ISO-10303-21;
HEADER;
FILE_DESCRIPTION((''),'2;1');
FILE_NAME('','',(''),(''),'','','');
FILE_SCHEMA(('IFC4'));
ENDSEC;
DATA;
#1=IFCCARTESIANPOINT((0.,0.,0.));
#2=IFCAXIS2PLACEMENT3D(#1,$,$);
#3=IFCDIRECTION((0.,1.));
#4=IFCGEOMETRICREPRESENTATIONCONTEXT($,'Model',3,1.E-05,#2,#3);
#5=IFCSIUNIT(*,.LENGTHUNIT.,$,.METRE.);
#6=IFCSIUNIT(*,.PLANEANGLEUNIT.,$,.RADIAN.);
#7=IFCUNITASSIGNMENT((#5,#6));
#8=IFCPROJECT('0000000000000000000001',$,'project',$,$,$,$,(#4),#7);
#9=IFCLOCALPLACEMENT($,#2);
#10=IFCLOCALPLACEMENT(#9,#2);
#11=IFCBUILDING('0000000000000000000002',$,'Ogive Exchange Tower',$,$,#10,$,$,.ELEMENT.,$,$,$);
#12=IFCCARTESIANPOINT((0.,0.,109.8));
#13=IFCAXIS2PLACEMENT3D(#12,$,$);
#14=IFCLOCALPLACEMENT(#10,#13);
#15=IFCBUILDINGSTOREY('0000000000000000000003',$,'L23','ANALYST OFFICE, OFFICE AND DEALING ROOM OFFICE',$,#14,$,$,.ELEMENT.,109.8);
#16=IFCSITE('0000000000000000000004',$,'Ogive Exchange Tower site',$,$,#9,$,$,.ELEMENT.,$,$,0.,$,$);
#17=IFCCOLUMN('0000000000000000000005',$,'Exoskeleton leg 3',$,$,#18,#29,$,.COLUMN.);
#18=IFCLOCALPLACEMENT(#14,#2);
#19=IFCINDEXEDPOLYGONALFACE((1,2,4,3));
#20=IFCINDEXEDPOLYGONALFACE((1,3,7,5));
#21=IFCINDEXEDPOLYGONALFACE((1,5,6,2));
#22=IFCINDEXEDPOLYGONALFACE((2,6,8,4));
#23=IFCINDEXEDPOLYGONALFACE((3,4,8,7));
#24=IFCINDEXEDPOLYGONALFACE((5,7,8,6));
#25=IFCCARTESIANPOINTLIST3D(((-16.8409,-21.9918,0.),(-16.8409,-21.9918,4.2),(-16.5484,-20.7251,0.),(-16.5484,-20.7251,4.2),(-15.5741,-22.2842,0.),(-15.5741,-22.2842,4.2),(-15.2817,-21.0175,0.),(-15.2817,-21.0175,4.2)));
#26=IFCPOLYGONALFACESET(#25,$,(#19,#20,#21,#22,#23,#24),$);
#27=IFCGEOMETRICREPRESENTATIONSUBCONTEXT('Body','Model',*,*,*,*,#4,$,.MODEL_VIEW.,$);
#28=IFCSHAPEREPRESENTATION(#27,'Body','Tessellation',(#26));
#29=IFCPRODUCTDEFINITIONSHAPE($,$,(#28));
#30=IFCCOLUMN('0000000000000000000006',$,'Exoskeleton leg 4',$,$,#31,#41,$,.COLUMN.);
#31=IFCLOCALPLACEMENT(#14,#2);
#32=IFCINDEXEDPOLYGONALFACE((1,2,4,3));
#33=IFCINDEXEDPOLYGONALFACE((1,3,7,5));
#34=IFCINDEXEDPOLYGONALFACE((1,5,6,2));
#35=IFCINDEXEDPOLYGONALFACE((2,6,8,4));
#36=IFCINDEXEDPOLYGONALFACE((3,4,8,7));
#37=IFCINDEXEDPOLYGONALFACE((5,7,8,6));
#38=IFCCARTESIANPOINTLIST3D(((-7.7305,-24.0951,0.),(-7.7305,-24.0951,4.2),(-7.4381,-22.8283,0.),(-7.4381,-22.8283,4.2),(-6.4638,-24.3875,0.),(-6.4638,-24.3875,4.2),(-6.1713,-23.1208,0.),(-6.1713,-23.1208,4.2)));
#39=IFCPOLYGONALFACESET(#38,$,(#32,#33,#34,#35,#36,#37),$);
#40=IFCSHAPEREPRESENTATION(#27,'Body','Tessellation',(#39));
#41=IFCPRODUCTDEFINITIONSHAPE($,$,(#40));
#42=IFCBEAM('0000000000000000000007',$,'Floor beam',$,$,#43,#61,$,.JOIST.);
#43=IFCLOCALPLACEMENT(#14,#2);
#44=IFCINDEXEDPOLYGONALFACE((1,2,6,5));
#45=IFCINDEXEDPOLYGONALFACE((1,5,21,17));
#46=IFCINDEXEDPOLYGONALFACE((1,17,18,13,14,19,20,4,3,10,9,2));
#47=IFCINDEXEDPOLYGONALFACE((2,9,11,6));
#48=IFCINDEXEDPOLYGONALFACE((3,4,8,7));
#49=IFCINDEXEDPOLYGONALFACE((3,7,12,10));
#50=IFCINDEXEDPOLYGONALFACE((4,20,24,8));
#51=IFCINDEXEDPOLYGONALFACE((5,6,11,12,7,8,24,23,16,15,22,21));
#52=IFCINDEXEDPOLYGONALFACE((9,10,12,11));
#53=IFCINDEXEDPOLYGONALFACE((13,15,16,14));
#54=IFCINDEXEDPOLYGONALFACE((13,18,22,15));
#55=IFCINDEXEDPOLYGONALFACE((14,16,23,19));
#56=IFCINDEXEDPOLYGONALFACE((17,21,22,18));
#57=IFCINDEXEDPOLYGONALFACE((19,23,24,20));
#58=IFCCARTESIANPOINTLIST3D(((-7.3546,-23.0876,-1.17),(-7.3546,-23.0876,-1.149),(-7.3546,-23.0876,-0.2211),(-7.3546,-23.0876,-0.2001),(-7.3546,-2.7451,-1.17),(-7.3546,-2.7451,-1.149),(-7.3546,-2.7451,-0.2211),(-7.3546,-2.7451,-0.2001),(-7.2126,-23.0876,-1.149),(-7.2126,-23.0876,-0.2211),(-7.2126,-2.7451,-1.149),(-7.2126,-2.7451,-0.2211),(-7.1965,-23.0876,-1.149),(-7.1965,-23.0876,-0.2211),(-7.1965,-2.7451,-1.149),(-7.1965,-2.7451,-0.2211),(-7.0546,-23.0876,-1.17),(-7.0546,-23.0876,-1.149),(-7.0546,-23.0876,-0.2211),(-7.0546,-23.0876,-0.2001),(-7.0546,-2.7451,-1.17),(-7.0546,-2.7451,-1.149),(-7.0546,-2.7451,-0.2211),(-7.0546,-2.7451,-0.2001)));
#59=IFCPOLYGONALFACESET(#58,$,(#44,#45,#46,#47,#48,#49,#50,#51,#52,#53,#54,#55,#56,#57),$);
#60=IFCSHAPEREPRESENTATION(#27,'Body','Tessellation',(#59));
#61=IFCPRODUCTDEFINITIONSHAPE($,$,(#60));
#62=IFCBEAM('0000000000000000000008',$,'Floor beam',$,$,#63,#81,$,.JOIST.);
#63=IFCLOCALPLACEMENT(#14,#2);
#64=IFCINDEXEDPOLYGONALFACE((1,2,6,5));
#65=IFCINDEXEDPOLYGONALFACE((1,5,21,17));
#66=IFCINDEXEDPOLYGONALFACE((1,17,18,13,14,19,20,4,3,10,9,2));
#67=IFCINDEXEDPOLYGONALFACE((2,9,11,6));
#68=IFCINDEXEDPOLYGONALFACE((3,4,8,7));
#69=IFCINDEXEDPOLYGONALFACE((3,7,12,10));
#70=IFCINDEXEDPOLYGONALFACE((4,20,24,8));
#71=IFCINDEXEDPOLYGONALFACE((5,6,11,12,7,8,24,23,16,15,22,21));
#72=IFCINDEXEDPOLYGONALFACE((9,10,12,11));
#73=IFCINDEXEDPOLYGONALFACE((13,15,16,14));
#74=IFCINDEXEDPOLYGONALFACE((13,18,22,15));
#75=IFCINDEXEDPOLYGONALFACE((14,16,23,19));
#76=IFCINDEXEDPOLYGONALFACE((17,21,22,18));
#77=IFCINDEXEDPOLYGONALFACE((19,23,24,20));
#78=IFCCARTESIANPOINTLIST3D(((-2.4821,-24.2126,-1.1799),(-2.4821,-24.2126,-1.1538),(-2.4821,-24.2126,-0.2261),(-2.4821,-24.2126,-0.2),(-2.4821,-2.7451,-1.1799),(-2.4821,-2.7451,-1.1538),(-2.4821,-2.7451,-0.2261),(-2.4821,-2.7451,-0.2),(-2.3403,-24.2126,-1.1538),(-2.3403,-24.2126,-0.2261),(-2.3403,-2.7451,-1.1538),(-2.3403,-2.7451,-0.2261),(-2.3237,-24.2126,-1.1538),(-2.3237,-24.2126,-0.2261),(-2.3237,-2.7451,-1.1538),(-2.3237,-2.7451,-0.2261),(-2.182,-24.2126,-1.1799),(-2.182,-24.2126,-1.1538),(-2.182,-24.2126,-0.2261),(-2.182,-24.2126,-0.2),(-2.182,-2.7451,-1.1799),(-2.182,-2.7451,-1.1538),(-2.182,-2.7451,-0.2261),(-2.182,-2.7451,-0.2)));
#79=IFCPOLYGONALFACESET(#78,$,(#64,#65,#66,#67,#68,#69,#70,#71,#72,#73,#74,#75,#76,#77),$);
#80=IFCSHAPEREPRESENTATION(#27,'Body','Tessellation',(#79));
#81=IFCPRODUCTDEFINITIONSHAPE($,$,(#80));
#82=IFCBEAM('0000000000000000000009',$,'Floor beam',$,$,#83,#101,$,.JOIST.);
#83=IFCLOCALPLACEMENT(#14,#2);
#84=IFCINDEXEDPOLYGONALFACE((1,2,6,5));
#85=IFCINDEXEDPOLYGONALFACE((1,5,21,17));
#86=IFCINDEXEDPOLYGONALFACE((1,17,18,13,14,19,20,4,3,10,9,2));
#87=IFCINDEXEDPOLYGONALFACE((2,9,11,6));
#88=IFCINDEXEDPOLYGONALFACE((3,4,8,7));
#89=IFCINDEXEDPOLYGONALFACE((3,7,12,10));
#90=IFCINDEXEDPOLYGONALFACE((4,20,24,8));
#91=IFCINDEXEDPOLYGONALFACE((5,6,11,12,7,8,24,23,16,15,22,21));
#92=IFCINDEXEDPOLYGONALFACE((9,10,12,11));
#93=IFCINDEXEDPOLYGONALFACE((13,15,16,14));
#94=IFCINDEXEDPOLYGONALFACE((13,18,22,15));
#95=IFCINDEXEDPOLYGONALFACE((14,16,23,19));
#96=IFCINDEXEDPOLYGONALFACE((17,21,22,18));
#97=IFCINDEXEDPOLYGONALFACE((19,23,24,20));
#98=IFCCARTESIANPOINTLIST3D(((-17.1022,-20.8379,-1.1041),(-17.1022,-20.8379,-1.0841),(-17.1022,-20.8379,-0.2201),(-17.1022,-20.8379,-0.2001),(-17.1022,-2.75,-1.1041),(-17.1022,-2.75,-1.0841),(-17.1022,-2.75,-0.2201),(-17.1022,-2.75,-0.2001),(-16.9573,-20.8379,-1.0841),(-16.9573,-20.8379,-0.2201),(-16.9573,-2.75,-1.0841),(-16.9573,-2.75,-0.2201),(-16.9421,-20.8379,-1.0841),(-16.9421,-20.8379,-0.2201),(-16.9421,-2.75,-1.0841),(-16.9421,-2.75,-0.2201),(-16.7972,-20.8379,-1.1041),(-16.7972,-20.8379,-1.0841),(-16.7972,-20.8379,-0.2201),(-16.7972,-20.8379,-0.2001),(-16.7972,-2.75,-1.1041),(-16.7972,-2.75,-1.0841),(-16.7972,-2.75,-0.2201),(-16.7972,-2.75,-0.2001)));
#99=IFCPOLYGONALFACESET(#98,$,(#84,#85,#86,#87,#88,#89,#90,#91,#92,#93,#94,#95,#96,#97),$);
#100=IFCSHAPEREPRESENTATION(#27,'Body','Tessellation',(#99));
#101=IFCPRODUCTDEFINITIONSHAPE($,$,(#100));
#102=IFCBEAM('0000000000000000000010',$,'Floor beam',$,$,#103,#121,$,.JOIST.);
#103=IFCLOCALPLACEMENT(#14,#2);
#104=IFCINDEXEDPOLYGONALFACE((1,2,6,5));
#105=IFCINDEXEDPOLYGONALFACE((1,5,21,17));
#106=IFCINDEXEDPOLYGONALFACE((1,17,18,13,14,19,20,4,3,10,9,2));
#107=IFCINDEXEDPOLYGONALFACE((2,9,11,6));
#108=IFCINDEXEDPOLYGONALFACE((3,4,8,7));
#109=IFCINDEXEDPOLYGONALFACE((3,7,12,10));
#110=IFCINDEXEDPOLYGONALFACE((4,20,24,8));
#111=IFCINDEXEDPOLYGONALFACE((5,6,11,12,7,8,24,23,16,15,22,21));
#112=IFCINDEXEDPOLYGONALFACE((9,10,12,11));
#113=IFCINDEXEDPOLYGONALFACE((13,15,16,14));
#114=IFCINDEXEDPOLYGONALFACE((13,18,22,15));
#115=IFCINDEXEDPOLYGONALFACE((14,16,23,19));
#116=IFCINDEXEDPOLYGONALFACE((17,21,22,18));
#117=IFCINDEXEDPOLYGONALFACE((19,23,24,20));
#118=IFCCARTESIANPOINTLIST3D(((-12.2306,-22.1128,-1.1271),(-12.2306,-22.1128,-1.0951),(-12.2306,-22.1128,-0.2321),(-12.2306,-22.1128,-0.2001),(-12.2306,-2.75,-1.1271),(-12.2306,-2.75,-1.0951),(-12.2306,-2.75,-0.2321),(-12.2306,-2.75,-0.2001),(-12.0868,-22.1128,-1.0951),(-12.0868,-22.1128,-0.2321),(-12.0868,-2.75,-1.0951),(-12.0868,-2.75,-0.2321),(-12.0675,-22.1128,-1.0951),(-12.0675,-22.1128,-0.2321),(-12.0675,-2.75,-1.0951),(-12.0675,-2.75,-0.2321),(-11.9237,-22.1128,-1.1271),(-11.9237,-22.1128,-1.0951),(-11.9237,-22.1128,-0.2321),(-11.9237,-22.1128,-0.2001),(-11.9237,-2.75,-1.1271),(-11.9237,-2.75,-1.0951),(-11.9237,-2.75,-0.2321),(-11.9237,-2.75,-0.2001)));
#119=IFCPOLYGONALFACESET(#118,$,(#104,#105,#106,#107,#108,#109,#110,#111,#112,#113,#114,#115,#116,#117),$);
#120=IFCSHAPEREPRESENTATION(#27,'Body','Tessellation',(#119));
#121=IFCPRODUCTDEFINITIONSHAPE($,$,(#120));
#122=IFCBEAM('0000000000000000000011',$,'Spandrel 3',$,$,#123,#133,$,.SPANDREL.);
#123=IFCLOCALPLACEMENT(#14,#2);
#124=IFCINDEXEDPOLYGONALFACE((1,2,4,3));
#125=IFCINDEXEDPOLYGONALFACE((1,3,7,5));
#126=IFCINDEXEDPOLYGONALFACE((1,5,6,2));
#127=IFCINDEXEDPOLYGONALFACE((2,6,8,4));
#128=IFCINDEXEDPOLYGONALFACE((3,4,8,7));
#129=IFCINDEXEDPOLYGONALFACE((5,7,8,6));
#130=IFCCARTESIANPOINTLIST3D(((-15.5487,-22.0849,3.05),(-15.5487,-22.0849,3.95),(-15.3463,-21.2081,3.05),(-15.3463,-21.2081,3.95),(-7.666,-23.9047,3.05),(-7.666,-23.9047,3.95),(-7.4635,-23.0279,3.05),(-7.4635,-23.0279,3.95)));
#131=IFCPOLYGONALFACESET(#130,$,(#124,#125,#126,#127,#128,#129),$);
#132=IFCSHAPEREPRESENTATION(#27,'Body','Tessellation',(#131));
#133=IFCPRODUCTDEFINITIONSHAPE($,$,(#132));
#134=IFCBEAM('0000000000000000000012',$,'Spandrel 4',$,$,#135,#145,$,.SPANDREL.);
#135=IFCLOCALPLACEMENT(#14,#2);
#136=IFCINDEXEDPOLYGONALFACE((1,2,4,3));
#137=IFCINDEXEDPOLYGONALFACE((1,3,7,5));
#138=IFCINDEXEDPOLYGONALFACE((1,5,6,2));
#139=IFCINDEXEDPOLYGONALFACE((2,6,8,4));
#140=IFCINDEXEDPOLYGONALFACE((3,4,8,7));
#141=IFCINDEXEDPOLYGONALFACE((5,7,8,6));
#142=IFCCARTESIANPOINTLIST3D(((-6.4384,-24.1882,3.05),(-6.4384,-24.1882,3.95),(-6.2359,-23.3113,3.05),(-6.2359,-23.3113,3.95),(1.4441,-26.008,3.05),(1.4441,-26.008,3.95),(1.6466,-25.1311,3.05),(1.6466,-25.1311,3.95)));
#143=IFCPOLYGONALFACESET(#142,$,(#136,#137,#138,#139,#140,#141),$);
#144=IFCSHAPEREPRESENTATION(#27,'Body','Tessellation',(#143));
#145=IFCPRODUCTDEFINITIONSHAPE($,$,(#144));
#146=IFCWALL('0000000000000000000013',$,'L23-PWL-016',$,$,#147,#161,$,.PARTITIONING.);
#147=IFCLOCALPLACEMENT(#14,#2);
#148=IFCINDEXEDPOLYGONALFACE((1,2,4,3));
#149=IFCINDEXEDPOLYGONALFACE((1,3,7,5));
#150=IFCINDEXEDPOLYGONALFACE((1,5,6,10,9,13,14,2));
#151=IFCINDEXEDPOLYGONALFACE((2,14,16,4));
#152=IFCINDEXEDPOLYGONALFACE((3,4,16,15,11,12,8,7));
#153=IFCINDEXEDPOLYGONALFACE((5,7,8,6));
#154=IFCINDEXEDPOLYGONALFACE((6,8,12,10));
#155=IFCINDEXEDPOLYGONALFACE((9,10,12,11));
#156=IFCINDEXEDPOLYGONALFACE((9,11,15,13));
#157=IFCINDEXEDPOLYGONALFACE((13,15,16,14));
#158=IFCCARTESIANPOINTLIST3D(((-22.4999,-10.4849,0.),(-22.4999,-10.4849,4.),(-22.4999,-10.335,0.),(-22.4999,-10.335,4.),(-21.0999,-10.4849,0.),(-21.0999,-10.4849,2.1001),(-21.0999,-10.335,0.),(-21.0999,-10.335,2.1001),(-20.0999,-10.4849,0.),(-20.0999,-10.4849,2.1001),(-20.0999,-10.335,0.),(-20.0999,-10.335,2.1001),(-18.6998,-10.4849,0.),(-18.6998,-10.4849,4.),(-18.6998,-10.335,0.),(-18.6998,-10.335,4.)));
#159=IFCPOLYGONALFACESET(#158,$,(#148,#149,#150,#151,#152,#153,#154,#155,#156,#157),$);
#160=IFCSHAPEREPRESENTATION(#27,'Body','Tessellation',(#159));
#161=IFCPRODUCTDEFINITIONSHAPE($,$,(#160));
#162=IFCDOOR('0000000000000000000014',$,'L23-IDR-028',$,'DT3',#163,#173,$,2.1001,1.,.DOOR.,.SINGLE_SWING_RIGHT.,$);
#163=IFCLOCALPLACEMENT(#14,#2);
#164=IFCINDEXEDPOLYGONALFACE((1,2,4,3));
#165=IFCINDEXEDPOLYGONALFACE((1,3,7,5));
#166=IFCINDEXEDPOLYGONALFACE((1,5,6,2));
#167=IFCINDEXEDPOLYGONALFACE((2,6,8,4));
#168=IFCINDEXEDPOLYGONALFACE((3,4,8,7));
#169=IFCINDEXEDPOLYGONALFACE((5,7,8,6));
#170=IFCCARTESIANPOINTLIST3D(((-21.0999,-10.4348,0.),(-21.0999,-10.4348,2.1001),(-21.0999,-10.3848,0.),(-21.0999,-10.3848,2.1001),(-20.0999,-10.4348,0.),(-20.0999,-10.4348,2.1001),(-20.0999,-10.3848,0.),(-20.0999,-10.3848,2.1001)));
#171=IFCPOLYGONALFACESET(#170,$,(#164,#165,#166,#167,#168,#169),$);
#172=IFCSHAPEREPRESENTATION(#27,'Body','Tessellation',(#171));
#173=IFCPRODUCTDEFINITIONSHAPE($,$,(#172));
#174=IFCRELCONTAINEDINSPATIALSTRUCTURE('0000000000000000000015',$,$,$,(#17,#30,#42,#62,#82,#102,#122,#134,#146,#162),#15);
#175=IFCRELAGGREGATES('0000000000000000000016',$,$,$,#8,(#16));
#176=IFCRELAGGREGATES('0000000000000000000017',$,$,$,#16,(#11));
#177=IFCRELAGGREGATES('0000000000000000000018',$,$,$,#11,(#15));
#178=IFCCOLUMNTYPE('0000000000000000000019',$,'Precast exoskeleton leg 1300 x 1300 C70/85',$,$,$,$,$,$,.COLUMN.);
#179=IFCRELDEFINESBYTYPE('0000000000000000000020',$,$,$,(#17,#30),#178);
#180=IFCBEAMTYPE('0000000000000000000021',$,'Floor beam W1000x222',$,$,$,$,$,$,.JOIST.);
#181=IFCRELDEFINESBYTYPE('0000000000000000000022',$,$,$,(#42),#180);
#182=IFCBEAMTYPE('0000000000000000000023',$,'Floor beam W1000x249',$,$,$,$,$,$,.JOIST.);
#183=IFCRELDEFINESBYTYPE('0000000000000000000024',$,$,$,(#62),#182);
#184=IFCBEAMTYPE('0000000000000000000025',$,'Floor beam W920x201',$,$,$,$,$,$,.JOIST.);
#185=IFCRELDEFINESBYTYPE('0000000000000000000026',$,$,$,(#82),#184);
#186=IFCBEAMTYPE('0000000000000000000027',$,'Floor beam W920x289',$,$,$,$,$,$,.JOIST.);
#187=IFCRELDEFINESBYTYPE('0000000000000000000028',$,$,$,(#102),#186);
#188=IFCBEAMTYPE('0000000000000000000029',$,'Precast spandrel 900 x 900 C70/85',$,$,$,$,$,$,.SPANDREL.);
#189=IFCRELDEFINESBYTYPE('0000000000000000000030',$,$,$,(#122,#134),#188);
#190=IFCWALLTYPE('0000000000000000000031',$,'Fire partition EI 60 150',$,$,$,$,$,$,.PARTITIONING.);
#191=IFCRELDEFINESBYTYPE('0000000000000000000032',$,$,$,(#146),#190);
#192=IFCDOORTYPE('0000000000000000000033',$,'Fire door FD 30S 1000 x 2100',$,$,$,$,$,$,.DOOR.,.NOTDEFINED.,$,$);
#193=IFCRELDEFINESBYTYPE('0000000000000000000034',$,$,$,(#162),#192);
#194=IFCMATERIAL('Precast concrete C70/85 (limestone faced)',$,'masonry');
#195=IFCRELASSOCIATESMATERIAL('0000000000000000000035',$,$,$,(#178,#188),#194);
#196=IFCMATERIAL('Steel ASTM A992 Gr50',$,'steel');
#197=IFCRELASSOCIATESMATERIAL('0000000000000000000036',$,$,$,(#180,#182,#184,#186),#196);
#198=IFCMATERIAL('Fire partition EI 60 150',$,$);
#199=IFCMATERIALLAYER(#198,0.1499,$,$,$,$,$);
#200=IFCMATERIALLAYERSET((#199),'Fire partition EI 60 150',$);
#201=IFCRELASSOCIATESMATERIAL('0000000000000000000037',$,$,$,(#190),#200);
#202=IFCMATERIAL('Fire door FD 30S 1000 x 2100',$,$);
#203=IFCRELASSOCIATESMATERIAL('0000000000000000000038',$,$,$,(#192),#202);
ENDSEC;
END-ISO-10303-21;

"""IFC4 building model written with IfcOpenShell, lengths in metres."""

from ifc_helpers import new_model, si_unit, direction, frame, frame_2d, origin, origin_2d, place, context, subcontext, project, spatial, rectangle, i_section, extrude, material, layer, layer_set, material_profile, profile_set, type_object, element, fill, save


model = new_model("IFC4")

# Units and contexts
model_context = context("Model", 3, precision=1e-05, world=origin(), true_north=direction((0.0, 1.0)))
body_context = subcontext(model_context, "Body", "Model", "MODEL_VIEW")
ifc_project = project(units=[si_unit("LENGTHUNIT", "METRE"), si_unit("PLANEANGLEUNIT", "RADIAN")], contexts=[model_context])

# Site, building, storey
site_placement = place(None, origin())
site = spatial("IfcSite", under=ifc_project, at=site_placement, Name="Ogive Exchange Tower site", CompositionType="ELEMENT", RefElevation=0.0)
building_placement = place(site_placement, origin())
building = spatial("IfcBuilding", under=site, at=building_placement, Name="Ogive Exchange Tower", CompositionType="ELEMENT")
storey_placement = place(building_placement, frame((0.0, 0.0, 109.8)))
storey = spatial("IfcBuildingStorey", under=building, at=storey_placement, Name="L23", Description="ANALYST OFFICE, OFFICE AND DEALING ROOM OFFICE", CompositionType="ELEMENT", Elevation=109.8)

# Columns
ifc_material_1 = material(Name="Precast concrete C70/85 (limestone faced)", Category="masonry")
ifc_material_profile_1 = material_profile(ifc_material_1, rectangle(XDim=1.3, YDim=1.3, at=origin_2d()), Name="1300 x 1300")
ifc_profile_set_1 = profile_set([ifc_material_profile_1], Name="Precast concrete C70/85 (limestone faced)")
column_type = type_object("IfcColumnType", Name="Precast exoskeleton leg 1300 x 1300 C70/85", PredefinedType="COLUMN", material=ifc_profile_set_1)
for number, where, z_axis, x_axis, name in (
    (1, (-16.0613, -21.5046, 0.0), (0.0, 0.0, 1.0), (0.97437, -0.224951, 0.0), "Exoskeleton leg 3"),
    (2, (-6.9509, -23.6079, 0.0), (0.0, 0.0, 1.0), (0.97437, -0.224951, 0.0), "Exoskeleton leg 4"),
):
    element("IfcColumn", number, at=place(storey_placement, frame(where, z_axis=z_axis, x_axis=x_axis)), inside=storey, type_object=column_type, Name=name, PredefinedType="COLUMN", context=body_context, shape_type="SweptSolid", body=[
        extrude(rectangle(XDim=1.3, YDim=1.3, at=origin_2d()), origin(), (0.0, 0.0, 1.0), 4.2),
    ])

# Beams
ifc_material_2 = material(Name="Steel ASTM A992 Gr50", Category="steel")
ifc_material_profile_2 = material_profile(ifc_material_2, i_section(OverallWidth=0.3, OverallDepth=0.97, WebThickness=0.0161, FlangeThickness=0.021, at=origin_2d()), Name="W1000x222")
ifc_profile_set_2 = profile_set([ifc_material_profile_2], Name="Steel ASTM A992 Gr50")
beam_type_1 = type_object("IfcBeamType", Name="Floor beam W1000x222", PredefinedType="JOIST", material=ifc_profile_set_2)
beam_1_placement = place(storey_placement, frame((-7.2046, -23.0876, -0.6851), z_axis=(0.0, 1.0, 0.0), x_axis=(-1.0, 0.0, 0.0)))
element("IfcBeam", 3, at=beam_1_placement, inside=storey, type_object=beam_type_1, Name="Floor beam", PredefinedType="JOIST", context=body_context, shape_type="SweptSolid", body=[
    extrude(i_section(OverallWidth=0.3, OverallDepth=0.97, WebThickness=0.0161, FlangeThickness=0.021, at=origin_2d()), origin(), (0.0, 0.0, 1.0), 20.3425),
])
ifc_material_profile_3 = material_profile(ifc_material_2, i_section(OverallWidth=0.3, OverallDepth=0.98, WebThickness=0.0166, FlangeThickness=0.0261, at=origin_2d()), Name="W1000x249")
ifc_profile_set_3 = profile_set([ifc_material_profile_3], Name="Steel ASTM A992 Gr50")
beam_type_2 = type_object("IfcBeamType", Name="Floor beam W1000x249", PredefinedType="JOIST", material=ifc_profile_set_3)
beam_2_placement = place(storey_placement, frame((-2.332, -24.2126, -0.6899), z_axis=(0.0, 1.0, 0.0), x_axis=(-1.0, 0.0, 0.0)))
element("IfcBeam", 4, at=beam_2_placement, inside=storey, type_object=beam_type_2, Name="Floor beam", PredefinedType="JOIST", context=body_context, shape_type="SweptSolid", body=[
    extrude(i_section(OverallWidth=0.3, OverallDepth=0.98, WebThickness=0.0166, FlangeThickness=0.0261, at=origin_2d()), origin(), (0.0, 0.0, 1.0), 21.4675),
])
ifc_material_profile_4 = material_profile(ifc_material_2, i_section(OverallWidth=0.3049, OverallDepth=0.9041, WebThickness=0.0151, FlangeThickness=0.02, at=origin_2d()), Name="W920x201")
ifc_profile_set_4 = profile_set([ifc_material_profile_4], Name="Steel ASTM A992 Gr50")
beam_type_3 = type_object("IfcBeamType", Name="Floor beam W920x201", PredefinedType="JOIST", material=ifc_profile_set_4)
beam_3_placement = place(storey_placement, frame((-16.9497, -20.8379, -0.6521), z_axis=(0.0, 1.0, 0.0), x_axis=(-1.0, 0.0, 0.0)))
element("IfcBeam", 5, at=beam_3_placement, inside=storey, type_object=beam_type_3, Name="Floor beam", PredefinedType="JOIST", context=body_context, shape_type="SweptSolid", body=[
    extrude(i_section(OverallWidth=0.3049, OverallDepth=0.9041, WebThickness=0.0151, FlangeThickness=0.02, at=origin_2d()), origin(), (0.0, 0.0, 1.0), 18.0879),
])
ifc_material_profile_5 = material_profile(ifc_material_2, i_section(OverallWidth=0.3069, OverallDepth=0.927, WebThickness=0.0193, FlangeThickness=0.032, at=origin_2d()), Name="W920x289")
ifc_profile_set_5 = profile_set([ifc_material_profile_5], Name="Steel ASTM A992 Gr50")
beam_type_4 = type_object("IfcBeamType", Name="Floor beam W920x289", PredefinedType="JOIST", material=ifc_profile_set_5)
beam_4_placement = place(storey_placement, frame((-12.0771, -22.1128, -0.6636), z_axis=(0.0, 1.0, 0.0), x_axis=(-1.0, 0.0, 0.0)))
element("IfcBeam", 6, at=beam_4_placement, inside=storey, type_object=beam_type_4, Name="Floor beam", PredefinedType="JOIST", context=body_context, shape_type="SweptSolid", body=[
    extrude(i_section(OverallWidth=0.3069, OverallDepth=0.927, WebThickness=0.0193, FlangeThickness=0.032, at=origin_2d()), origin(), (0.0, 0.0, 1.0), 19.3628),
])
ifc_material_profile_6 = material_profile(ifc_material_1, rectangle(XDim=0.8999, YDim=0.8999, at=origin_2d()), Name="900 x 900")
ifc_profile_set_6 = profile_set([ifc_material_profile_6], Name="Precast concrete C70/85 (limestone faced)")
beam_type_5 = type_object("IfcBeamType", Name="Precast spandrel 900 x 900 C70/85", PredefinedType="SPANDREL", material=ifc_profile_set_6)
beam_5_placement = place(storey_placement, frame((-15.4475, -21.6465, 3.5), z_axis=(0.974372, -0.224943, 0.0), x_axis=(0.224943, 0.974372, 0.0)))
element("IfcBeam", 7, at=beam_5_placement, inside=storey, type_object=beam_type_5, Name="Spandrel 3", PredefinedType="SPANDREL", context=body_context, shape_type="SweptSolid", body=[
    extrude(rectangle(XDim=0.8999, YDim=0.8999, at=origin_2d()), origin(), (0.0, 0.0, 1.0), 8.0901),
])
beam_6_placement = place(storey_placement, frame((-6.3372, -23.7498, 3.5), z_axis=(0.97437, -0.22495, 0.0), x_axis=(0.22495, 0.97437, 0.0)))
element("IfcBeam", 8, at=beam_6_placement, inside=storey, type_object=beam_type_5, Name="Spandrel 4", PredefinedType="SPANDREL", context=body_context, shape_type="SweptSolid", body=[
    extrude(rectangle(XDim=0.8999, YDim=0.8999, at=origin_2d()), origin(), (0.0, 0.0, 1.0), 8.0898),
])

# Wall, opening, door
ifc_material_3 = material(Name="Fire partition EI 60 150")
ifc_layer_1 = layer(ifc_material_3, 0.1499)
ifc_layer_set_1 = layer_set([ifc_layer_1], Name="Fire partition EI 60 150")
wall_type_1 = type_object("IfcWallType", Name="Fire partition EI 60 150", PredefinedType="PARTITIONING", material=ifc_layer_set_1)
wall_1_placement = place(storey_placement, frame((-18.7, -10.4099, 0.0), z_axis=(0.0, 0.0, 1.0), x_axis=(-1.0, 0.0, 0.0)))
wall_1 = element("IfcWall", 9, at=wall_1_placement, inside=storey, type_object=wall_type_1, Name="L23-PWL-016", PredefinedType="PARTITIONING", context=body_context, shape_type="SweptSolid", body=[
    extrude(rectangle(XDim=3.8, YDim=0.1499, at=frame_2d((1.8999, 0.0))), origin(), (0.0, 0.0, 1.0), 4.0),
])
opening_1_placement = place(wall_1_placement, frame((1.3999, 0.0, 0.0)))
opening_1 = element("IfcOpeningElement", 10, at=opening_1_placement, cuts=wall_1, PredefinedType="OPENING", context=body_context, shape_type="SweptSolid", body=[
    extrude(rectangle(XDim=1.0, YDim=2.1001, at=frame_2d((0.5, 1.05))), frame((0.0, 0.085, 0.0), z_axis=(0.0, -1.0, 0.0), x_axis=(1.0, 0.0, 0.0)), (0.0, 0.0, 1.0), 0.1699),
])
ifc_material_4 = material(Name="Fire door FD 30S 1000 x 2100")
door_type_1 = type_object("IfcDoorType", Name="Fire door FD 30S 1000 x 2100", OperationType="NOTDEFINED", PredefinedType="DOOR", material=ifc_material_4)
door_1_placement = place(opening_1_placement, origin())
door_1 = element("IfcDoor", 11, at=door_1_placement, inside=storey, type_object=door_type_1, Name="L23-IDR-028", ObjectType="DT3", OperationType="SINGLE_SWING_RIGHT", OverallHeight=2.1001, OverallWidth=1.0, PredefinedType="DOOR", context=body_context, shape_type="SweptSolid", body=[
    extrude(rectangle(XDim=1.0, YDim=2.1001, at=frame_2d((0.5, 1.05))), frame((0.0, 0.0249, 0.0), z_axis=(0.0, -1.0, 0.0), x_axis=(1.0, 0.0, 0.0)), (0.0, 0.0, 1.0), 0.05),
])
fill(opening_1, door_1)

save(model, "model.ifc")
